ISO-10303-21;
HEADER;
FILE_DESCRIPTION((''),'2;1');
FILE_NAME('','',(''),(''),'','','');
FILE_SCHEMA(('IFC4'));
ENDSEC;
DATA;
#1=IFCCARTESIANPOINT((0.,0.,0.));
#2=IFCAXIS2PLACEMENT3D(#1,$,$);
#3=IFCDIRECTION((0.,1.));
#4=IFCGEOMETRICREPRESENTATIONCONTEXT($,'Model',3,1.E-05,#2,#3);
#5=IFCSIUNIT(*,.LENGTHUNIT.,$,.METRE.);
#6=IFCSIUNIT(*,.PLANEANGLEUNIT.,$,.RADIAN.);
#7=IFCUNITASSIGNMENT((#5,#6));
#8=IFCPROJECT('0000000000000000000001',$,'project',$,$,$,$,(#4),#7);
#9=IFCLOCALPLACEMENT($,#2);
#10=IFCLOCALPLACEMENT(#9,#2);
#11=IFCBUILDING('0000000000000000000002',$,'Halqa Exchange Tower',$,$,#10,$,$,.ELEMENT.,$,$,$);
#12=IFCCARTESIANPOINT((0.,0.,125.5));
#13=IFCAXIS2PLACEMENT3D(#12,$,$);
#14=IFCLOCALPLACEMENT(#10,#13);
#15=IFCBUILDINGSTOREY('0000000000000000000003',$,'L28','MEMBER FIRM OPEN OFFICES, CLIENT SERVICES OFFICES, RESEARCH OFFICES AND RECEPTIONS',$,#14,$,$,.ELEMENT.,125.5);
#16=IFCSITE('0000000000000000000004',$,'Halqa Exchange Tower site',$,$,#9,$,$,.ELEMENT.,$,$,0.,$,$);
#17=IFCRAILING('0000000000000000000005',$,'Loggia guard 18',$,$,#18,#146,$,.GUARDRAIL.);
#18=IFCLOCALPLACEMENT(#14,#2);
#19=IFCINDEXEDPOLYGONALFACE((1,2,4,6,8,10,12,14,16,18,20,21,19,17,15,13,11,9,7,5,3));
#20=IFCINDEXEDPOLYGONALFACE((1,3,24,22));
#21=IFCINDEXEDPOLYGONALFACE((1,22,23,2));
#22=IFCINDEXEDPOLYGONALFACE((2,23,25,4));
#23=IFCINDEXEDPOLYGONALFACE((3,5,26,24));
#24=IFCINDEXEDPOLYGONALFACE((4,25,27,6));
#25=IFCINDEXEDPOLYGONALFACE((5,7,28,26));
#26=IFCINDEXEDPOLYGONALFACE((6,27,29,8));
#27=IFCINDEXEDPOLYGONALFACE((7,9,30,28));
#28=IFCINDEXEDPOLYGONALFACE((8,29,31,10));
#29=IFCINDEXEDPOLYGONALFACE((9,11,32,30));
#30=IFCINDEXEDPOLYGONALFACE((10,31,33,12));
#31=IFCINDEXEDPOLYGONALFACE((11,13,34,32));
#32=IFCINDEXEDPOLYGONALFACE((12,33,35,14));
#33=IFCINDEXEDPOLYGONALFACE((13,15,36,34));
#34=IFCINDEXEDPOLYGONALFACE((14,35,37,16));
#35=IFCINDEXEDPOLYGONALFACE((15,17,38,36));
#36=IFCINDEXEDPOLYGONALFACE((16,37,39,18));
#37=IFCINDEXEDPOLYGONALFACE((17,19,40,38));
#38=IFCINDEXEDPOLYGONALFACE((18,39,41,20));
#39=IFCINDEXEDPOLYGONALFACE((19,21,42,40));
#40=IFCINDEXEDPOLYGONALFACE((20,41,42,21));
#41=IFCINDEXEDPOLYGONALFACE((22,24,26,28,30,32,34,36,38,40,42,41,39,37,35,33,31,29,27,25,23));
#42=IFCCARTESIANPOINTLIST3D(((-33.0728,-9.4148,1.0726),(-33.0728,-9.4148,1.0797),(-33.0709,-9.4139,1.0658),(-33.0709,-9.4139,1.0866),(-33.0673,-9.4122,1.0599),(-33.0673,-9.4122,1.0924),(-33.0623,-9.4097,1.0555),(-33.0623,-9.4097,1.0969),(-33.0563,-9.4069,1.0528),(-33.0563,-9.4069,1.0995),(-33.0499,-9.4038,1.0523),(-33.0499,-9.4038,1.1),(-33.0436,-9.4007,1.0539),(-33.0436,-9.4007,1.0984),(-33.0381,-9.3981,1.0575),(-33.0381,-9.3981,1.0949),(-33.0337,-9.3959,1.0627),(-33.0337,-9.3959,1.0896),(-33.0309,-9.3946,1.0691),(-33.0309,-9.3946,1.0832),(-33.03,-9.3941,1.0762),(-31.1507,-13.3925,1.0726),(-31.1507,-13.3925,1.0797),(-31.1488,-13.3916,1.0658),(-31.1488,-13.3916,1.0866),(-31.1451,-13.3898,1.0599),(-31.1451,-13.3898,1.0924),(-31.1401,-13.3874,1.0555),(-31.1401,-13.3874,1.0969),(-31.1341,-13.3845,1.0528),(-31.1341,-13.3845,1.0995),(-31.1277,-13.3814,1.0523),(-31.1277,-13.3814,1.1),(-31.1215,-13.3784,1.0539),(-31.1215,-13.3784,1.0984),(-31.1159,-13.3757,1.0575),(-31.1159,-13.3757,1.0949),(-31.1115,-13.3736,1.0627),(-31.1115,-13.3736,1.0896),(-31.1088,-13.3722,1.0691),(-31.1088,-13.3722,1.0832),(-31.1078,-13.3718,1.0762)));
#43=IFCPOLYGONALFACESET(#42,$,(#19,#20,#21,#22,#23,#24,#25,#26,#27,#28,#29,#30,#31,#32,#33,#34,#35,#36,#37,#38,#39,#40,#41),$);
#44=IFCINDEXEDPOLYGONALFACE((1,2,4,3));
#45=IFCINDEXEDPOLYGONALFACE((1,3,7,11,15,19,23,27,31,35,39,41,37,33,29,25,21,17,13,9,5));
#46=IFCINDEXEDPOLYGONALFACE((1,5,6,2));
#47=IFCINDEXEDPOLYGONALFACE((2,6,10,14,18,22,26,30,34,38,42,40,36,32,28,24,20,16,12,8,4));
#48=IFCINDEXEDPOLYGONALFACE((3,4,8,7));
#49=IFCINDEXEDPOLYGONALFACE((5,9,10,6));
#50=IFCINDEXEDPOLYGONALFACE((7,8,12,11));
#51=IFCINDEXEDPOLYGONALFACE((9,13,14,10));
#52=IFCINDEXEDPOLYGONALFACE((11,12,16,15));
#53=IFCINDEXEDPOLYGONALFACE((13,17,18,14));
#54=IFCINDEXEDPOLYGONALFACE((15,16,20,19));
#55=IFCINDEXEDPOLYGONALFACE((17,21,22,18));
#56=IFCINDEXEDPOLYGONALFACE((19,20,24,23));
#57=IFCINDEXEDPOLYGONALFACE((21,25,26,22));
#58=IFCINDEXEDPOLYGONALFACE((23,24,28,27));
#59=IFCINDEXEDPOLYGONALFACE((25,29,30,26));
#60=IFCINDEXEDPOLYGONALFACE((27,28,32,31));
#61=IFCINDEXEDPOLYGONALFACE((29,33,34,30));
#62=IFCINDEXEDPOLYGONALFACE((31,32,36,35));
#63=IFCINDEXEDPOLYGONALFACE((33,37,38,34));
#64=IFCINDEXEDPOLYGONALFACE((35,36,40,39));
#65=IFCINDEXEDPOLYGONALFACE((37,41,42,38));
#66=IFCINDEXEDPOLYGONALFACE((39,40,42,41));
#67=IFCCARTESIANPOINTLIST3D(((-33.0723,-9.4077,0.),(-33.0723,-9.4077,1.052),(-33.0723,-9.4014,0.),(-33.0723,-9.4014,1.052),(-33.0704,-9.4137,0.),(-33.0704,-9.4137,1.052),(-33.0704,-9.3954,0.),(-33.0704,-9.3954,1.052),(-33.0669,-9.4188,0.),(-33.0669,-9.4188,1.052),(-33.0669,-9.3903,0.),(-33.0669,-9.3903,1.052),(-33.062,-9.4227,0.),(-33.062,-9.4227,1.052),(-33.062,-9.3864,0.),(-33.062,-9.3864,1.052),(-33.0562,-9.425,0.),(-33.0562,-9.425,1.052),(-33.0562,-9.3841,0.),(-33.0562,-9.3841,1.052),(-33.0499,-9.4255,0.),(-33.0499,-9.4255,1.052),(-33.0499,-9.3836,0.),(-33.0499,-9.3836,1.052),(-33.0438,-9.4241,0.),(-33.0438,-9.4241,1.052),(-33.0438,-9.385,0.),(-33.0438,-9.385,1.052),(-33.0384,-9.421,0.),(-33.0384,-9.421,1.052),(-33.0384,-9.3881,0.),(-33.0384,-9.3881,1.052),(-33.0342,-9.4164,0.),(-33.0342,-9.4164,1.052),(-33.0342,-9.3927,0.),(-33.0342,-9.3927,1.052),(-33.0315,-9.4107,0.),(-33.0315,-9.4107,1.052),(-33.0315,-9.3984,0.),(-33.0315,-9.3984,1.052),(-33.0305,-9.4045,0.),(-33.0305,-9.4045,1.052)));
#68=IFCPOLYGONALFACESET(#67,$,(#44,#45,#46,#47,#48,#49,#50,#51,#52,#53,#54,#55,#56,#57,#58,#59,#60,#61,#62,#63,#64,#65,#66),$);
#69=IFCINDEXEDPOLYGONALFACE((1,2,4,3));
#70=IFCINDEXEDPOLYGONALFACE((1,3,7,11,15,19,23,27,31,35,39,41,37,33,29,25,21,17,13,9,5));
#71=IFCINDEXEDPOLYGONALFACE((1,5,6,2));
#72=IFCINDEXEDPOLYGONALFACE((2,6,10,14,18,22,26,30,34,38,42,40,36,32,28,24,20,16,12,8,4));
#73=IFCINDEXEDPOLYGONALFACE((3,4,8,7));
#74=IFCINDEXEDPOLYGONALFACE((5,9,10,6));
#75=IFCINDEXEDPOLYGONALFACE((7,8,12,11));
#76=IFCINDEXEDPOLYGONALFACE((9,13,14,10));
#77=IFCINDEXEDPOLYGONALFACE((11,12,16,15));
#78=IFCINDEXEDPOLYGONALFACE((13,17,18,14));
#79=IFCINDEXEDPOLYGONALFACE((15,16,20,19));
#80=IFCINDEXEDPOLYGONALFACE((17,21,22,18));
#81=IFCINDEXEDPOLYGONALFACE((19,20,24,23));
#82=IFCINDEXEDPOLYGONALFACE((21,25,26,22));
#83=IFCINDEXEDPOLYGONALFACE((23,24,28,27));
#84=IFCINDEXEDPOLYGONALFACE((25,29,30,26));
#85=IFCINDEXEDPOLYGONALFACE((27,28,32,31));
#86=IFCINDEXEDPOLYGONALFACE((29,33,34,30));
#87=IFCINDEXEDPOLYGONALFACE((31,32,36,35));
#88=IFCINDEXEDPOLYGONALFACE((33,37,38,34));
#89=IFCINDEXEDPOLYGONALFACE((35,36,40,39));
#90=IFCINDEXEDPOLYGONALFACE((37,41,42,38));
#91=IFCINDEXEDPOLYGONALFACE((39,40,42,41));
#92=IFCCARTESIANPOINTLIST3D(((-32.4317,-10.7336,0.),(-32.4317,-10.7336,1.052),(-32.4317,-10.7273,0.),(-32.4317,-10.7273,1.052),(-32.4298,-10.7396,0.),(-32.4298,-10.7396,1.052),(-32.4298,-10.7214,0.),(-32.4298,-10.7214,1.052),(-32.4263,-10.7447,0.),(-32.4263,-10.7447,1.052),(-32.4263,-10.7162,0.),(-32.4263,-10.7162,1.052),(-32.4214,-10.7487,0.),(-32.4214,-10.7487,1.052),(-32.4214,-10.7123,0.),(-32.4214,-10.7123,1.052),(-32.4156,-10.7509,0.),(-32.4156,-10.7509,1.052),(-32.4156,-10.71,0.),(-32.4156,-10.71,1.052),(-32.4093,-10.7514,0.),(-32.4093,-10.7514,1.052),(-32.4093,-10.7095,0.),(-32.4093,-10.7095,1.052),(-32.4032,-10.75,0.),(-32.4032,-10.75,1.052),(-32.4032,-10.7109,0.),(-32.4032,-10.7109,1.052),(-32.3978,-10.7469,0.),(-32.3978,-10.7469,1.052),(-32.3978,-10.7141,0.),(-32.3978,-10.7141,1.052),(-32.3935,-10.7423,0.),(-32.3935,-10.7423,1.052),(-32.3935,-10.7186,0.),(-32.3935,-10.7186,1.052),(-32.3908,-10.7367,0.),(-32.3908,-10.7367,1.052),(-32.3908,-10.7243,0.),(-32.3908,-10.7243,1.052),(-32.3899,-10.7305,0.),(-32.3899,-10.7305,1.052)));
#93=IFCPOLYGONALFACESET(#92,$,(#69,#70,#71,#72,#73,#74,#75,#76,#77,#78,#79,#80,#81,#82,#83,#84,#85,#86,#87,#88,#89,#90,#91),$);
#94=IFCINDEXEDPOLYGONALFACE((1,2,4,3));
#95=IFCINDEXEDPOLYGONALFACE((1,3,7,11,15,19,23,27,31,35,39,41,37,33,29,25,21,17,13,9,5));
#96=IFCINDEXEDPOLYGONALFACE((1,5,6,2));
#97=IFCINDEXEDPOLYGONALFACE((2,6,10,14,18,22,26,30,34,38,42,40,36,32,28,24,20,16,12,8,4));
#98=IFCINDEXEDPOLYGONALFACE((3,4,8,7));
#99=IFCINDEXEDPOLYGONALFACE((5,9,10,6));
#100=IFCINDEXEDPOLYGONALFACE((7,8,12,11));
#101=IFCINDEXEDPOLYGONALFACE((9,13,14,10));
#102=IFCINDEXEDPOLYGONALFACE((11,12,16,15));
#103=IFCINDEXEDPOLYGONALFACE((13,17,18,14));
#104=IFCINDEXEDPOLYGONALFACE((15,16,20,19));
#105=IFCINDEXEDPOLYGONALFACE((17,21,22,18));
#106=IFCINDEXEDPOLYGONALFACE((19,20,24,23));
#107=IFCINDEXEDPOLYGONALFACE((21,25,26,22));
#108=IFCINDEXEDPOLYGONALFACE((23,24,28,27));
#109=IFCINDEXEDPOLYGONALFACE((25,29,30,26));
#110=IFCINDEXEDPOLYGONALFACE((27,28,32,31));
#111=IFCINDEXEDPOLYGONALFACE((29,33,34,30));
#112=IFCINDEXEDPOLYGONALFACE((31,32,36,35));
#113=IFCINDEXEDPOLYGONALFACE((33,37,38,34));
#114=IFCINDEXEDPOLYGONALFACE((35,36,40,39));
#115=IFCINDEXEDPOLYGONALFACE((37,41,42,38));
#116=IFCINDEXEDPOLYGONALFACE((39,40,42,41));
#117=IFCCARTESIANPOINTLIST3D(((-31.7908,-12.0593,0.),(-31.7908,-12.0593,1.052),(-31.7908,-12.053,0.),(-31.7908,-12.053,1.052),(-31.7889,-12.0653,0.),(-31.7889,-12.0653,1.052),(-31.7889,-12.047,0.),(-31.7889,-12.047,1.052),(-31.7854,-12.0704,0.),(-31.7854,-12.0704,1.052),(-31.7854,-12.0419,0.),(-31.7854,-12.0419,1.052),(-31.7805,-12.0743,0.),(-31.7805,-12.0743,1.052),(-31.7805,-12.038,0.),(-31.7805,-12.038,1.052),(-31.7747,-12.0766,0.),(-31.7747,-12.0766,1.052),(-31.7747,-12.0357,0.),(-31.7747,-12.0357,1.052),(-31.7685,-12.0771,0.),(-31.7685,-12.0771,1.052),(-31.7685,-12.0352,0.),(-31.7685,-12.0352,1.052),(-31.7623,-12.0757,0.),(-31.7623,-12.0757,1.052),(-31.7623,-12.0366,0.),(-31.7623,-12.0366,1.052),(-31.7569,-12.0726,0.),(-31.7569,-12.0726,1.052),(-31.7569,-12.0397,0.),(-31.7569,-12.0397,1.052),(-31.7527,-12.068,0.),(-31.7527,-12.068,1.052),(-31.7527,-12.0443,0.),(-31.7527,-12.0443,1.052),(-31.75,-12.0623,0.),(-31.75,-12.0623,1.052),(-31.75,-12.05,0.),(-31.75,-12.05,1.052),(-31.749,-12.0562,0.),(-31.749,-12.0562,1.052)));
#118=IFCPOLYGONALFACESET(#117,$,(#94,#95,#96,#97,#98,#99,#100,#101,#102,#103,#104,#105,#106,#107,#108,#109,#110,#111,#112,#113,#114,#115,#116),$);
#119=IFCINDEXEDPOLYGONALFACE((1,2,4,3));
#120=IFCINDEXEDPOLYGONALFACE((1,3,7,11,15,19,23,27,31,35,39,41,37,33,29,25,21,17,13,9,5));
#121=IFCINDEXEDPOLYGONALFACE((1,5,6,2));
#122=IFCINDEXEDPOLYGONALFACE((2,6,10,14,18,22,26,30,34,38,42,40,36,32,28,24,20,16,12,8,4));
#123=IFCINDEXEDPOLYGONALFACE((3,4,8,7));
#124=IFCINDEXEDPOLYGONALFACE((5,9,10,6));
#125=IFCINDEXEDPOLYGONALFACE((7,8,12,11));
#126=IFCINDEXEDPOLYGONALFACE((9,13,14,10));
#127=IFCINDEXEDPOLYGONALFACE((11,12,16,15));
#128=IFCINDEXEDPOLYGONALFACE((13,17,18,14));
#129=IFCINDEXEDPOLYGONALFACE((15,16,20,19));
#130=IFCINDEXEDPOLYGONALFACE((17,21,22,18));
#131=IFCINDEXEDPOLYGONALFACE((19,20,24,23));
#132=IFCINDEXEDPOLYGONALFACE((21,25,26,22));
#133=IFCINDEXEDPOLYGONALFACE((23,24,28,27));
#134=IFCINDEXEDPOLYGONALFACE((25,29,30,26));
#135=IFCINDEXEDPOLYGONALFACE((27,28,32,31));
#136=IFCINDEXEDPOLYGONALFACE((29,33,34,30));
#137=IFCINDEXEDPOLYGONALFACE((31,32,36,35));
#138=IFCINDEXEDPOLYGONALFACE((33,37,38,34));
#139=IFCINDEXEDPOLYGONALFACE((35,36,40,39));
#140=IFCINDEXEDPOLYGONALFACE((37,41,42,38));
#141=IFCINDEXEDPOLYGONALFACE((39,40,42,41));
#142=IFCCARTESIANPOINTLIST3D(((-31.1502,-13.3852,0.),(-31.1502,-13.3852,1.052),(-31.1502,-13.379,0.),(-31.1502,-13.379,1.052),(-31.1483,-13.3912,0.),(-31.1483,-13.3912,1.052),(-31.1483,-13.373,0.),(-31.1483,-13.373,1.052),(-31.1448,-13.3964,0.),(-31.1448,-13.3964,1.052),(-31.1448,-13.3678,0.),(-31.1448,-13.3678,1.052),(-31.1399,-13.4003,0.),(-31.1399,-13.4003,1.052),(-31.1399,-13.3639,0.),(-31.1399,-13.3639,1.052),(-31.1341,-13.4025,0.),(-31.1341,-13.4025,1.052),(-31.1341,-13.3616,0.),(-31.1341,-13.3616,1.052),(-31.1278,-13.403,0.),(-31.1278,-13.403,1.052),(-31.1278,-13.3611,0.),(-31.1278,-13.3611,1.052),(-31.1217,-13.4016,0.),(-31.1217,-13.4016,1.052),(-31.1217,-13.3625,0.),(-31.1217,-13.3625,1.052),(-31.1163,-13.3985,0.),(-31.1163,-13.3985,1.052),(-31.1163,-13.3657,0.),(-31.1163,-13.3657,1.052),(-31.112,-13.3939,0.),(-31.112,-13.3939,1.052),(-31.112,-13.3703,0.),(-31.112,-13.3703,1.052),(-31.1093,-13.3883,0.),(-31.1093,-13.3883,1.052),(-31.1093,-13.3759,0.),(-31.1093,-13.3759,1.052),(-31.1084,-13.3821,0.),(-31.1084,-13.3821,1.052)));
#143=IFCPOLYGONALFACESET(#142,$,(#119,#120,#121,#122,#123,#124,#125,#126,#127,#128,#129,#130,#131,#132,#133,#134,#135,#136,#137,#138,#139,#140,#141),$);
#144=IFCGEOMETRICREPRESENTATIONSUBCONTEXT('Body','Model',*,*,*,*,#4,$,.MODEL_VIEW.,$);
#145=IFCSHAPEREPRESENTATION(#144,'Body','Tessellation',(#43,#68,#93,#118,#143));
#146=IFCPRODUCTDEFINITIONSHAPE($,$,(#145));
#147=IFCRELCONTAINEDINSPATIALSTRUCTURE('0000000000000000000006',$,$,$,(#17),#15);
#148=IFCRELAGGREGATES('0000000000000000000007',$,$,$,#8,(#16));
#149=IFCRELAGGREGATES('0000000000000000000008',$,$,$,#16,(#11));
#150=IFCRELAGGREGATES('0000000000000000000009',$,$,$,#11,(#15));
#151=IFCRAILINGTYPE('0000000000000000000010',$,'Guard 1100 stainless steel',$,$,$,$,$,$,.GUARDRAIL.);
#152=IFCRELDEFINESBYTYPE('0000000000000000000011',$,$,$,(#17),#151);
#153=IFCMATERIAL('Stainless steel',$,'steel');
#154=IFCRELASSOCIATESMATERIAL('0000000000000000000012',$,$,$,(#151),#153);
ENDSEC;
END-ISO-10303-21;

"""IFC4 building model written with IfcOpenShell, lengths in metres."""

from ifc_helpers import new_model, si_unit, direction, frame, origin, origin_2d, place, context, subcontext, project, spatial, circle, extrude, material, type_object, element, save


model = new_model("IFC4")

# Units and contexts
model_context = context("Model", 3, precision=1e-05, world=origin(), true_north=direction((0.0, 1.0)))
body_context = subcontext(model_context, "Body", "Model", "MODEL_VIEW")
ifc_project = project(units=[si_unit("LENGTHUNIT", "METRE"), si_unit("PLANEANGLEUNIT", "RADIAN")], contexts=[model_context])

# Site, building, storey
site_placement = place(None, origin())
site = spatial("IfcSite", under=ifc_project, at=site_placement, Name="Halqa Exchange Tower site", CompositionType="ELEMENT", RefElevation=0.0)
building_placement = place(site_placement, origin())
building = spatial("IfcBuilding", under=site, at=building_placement, Name="Halqa Exchange Tower", CompositionType="ELEMENT")
storey_placement = place(building_placement, frame((0.0, 0.0, 125.5)))
storey = spatial("IfcBuildingStorey", under=building, at=storey_placement, Name="L28", Description="MEMBER FIRM OPEN OFFICES, CLIENT SERVICES OFFICES, RESEARCH OFFICES AND RECEPTIONS", CompositionType="ELEMENT", Elevation=125.5)

# Railing
ifc_material_1 = material(Name="Stainless steel", Category="steel")
railing_type = type_object("IfcRailingType", Name="Guard 1100 stainless steel", PredefinedType="GUARDRAIL", material=ifc_material_1)
railing_1_placement = place(storey_placement, frame((-33.0515, -9.4045, 0.0)))
element("IfcRailing", 1, at=railing_1_placement, inside=storey, type_object=railing_type, Name="Loggia guard 18", PredefinedType="GUARDRAIL", context=body_context, shape_type="SweptSolid", body=[
    extrude(circle(Radius=0.0239, at=origin_2d()), frame((0.0, 0.0, 1.0762), z_axis=(0.435103, -0.900381, 0.0), x_axis=(0.900381, 0.435103, 0.0)), (0.0, 0.0, 1.0), 4.4177),
    extrude(circle(Radius=0.021, at=origin_2d()), origin(), (0.0, 0.0, 1.0), 1.052),
    extrude(circle(Radius=0.021, at=origin_2d()), frame((0.6406, -1.3259, 0.0)), (0.0, 0.0, 1.0), 1.052),
    extrude(circle(Radius=0.021, at=origin_2d()), frame((1.2815, -2.6516, 0.0)), (0.0, 0.0, 1.0), 1.052),
    extrude(circle(Radius=0.021, at=origin_2d()), frame((1.9221, -3.9775, 0.0)), (0.0, 0.0, 1.0), 1.052),
])

save(model, "model.ifc")
